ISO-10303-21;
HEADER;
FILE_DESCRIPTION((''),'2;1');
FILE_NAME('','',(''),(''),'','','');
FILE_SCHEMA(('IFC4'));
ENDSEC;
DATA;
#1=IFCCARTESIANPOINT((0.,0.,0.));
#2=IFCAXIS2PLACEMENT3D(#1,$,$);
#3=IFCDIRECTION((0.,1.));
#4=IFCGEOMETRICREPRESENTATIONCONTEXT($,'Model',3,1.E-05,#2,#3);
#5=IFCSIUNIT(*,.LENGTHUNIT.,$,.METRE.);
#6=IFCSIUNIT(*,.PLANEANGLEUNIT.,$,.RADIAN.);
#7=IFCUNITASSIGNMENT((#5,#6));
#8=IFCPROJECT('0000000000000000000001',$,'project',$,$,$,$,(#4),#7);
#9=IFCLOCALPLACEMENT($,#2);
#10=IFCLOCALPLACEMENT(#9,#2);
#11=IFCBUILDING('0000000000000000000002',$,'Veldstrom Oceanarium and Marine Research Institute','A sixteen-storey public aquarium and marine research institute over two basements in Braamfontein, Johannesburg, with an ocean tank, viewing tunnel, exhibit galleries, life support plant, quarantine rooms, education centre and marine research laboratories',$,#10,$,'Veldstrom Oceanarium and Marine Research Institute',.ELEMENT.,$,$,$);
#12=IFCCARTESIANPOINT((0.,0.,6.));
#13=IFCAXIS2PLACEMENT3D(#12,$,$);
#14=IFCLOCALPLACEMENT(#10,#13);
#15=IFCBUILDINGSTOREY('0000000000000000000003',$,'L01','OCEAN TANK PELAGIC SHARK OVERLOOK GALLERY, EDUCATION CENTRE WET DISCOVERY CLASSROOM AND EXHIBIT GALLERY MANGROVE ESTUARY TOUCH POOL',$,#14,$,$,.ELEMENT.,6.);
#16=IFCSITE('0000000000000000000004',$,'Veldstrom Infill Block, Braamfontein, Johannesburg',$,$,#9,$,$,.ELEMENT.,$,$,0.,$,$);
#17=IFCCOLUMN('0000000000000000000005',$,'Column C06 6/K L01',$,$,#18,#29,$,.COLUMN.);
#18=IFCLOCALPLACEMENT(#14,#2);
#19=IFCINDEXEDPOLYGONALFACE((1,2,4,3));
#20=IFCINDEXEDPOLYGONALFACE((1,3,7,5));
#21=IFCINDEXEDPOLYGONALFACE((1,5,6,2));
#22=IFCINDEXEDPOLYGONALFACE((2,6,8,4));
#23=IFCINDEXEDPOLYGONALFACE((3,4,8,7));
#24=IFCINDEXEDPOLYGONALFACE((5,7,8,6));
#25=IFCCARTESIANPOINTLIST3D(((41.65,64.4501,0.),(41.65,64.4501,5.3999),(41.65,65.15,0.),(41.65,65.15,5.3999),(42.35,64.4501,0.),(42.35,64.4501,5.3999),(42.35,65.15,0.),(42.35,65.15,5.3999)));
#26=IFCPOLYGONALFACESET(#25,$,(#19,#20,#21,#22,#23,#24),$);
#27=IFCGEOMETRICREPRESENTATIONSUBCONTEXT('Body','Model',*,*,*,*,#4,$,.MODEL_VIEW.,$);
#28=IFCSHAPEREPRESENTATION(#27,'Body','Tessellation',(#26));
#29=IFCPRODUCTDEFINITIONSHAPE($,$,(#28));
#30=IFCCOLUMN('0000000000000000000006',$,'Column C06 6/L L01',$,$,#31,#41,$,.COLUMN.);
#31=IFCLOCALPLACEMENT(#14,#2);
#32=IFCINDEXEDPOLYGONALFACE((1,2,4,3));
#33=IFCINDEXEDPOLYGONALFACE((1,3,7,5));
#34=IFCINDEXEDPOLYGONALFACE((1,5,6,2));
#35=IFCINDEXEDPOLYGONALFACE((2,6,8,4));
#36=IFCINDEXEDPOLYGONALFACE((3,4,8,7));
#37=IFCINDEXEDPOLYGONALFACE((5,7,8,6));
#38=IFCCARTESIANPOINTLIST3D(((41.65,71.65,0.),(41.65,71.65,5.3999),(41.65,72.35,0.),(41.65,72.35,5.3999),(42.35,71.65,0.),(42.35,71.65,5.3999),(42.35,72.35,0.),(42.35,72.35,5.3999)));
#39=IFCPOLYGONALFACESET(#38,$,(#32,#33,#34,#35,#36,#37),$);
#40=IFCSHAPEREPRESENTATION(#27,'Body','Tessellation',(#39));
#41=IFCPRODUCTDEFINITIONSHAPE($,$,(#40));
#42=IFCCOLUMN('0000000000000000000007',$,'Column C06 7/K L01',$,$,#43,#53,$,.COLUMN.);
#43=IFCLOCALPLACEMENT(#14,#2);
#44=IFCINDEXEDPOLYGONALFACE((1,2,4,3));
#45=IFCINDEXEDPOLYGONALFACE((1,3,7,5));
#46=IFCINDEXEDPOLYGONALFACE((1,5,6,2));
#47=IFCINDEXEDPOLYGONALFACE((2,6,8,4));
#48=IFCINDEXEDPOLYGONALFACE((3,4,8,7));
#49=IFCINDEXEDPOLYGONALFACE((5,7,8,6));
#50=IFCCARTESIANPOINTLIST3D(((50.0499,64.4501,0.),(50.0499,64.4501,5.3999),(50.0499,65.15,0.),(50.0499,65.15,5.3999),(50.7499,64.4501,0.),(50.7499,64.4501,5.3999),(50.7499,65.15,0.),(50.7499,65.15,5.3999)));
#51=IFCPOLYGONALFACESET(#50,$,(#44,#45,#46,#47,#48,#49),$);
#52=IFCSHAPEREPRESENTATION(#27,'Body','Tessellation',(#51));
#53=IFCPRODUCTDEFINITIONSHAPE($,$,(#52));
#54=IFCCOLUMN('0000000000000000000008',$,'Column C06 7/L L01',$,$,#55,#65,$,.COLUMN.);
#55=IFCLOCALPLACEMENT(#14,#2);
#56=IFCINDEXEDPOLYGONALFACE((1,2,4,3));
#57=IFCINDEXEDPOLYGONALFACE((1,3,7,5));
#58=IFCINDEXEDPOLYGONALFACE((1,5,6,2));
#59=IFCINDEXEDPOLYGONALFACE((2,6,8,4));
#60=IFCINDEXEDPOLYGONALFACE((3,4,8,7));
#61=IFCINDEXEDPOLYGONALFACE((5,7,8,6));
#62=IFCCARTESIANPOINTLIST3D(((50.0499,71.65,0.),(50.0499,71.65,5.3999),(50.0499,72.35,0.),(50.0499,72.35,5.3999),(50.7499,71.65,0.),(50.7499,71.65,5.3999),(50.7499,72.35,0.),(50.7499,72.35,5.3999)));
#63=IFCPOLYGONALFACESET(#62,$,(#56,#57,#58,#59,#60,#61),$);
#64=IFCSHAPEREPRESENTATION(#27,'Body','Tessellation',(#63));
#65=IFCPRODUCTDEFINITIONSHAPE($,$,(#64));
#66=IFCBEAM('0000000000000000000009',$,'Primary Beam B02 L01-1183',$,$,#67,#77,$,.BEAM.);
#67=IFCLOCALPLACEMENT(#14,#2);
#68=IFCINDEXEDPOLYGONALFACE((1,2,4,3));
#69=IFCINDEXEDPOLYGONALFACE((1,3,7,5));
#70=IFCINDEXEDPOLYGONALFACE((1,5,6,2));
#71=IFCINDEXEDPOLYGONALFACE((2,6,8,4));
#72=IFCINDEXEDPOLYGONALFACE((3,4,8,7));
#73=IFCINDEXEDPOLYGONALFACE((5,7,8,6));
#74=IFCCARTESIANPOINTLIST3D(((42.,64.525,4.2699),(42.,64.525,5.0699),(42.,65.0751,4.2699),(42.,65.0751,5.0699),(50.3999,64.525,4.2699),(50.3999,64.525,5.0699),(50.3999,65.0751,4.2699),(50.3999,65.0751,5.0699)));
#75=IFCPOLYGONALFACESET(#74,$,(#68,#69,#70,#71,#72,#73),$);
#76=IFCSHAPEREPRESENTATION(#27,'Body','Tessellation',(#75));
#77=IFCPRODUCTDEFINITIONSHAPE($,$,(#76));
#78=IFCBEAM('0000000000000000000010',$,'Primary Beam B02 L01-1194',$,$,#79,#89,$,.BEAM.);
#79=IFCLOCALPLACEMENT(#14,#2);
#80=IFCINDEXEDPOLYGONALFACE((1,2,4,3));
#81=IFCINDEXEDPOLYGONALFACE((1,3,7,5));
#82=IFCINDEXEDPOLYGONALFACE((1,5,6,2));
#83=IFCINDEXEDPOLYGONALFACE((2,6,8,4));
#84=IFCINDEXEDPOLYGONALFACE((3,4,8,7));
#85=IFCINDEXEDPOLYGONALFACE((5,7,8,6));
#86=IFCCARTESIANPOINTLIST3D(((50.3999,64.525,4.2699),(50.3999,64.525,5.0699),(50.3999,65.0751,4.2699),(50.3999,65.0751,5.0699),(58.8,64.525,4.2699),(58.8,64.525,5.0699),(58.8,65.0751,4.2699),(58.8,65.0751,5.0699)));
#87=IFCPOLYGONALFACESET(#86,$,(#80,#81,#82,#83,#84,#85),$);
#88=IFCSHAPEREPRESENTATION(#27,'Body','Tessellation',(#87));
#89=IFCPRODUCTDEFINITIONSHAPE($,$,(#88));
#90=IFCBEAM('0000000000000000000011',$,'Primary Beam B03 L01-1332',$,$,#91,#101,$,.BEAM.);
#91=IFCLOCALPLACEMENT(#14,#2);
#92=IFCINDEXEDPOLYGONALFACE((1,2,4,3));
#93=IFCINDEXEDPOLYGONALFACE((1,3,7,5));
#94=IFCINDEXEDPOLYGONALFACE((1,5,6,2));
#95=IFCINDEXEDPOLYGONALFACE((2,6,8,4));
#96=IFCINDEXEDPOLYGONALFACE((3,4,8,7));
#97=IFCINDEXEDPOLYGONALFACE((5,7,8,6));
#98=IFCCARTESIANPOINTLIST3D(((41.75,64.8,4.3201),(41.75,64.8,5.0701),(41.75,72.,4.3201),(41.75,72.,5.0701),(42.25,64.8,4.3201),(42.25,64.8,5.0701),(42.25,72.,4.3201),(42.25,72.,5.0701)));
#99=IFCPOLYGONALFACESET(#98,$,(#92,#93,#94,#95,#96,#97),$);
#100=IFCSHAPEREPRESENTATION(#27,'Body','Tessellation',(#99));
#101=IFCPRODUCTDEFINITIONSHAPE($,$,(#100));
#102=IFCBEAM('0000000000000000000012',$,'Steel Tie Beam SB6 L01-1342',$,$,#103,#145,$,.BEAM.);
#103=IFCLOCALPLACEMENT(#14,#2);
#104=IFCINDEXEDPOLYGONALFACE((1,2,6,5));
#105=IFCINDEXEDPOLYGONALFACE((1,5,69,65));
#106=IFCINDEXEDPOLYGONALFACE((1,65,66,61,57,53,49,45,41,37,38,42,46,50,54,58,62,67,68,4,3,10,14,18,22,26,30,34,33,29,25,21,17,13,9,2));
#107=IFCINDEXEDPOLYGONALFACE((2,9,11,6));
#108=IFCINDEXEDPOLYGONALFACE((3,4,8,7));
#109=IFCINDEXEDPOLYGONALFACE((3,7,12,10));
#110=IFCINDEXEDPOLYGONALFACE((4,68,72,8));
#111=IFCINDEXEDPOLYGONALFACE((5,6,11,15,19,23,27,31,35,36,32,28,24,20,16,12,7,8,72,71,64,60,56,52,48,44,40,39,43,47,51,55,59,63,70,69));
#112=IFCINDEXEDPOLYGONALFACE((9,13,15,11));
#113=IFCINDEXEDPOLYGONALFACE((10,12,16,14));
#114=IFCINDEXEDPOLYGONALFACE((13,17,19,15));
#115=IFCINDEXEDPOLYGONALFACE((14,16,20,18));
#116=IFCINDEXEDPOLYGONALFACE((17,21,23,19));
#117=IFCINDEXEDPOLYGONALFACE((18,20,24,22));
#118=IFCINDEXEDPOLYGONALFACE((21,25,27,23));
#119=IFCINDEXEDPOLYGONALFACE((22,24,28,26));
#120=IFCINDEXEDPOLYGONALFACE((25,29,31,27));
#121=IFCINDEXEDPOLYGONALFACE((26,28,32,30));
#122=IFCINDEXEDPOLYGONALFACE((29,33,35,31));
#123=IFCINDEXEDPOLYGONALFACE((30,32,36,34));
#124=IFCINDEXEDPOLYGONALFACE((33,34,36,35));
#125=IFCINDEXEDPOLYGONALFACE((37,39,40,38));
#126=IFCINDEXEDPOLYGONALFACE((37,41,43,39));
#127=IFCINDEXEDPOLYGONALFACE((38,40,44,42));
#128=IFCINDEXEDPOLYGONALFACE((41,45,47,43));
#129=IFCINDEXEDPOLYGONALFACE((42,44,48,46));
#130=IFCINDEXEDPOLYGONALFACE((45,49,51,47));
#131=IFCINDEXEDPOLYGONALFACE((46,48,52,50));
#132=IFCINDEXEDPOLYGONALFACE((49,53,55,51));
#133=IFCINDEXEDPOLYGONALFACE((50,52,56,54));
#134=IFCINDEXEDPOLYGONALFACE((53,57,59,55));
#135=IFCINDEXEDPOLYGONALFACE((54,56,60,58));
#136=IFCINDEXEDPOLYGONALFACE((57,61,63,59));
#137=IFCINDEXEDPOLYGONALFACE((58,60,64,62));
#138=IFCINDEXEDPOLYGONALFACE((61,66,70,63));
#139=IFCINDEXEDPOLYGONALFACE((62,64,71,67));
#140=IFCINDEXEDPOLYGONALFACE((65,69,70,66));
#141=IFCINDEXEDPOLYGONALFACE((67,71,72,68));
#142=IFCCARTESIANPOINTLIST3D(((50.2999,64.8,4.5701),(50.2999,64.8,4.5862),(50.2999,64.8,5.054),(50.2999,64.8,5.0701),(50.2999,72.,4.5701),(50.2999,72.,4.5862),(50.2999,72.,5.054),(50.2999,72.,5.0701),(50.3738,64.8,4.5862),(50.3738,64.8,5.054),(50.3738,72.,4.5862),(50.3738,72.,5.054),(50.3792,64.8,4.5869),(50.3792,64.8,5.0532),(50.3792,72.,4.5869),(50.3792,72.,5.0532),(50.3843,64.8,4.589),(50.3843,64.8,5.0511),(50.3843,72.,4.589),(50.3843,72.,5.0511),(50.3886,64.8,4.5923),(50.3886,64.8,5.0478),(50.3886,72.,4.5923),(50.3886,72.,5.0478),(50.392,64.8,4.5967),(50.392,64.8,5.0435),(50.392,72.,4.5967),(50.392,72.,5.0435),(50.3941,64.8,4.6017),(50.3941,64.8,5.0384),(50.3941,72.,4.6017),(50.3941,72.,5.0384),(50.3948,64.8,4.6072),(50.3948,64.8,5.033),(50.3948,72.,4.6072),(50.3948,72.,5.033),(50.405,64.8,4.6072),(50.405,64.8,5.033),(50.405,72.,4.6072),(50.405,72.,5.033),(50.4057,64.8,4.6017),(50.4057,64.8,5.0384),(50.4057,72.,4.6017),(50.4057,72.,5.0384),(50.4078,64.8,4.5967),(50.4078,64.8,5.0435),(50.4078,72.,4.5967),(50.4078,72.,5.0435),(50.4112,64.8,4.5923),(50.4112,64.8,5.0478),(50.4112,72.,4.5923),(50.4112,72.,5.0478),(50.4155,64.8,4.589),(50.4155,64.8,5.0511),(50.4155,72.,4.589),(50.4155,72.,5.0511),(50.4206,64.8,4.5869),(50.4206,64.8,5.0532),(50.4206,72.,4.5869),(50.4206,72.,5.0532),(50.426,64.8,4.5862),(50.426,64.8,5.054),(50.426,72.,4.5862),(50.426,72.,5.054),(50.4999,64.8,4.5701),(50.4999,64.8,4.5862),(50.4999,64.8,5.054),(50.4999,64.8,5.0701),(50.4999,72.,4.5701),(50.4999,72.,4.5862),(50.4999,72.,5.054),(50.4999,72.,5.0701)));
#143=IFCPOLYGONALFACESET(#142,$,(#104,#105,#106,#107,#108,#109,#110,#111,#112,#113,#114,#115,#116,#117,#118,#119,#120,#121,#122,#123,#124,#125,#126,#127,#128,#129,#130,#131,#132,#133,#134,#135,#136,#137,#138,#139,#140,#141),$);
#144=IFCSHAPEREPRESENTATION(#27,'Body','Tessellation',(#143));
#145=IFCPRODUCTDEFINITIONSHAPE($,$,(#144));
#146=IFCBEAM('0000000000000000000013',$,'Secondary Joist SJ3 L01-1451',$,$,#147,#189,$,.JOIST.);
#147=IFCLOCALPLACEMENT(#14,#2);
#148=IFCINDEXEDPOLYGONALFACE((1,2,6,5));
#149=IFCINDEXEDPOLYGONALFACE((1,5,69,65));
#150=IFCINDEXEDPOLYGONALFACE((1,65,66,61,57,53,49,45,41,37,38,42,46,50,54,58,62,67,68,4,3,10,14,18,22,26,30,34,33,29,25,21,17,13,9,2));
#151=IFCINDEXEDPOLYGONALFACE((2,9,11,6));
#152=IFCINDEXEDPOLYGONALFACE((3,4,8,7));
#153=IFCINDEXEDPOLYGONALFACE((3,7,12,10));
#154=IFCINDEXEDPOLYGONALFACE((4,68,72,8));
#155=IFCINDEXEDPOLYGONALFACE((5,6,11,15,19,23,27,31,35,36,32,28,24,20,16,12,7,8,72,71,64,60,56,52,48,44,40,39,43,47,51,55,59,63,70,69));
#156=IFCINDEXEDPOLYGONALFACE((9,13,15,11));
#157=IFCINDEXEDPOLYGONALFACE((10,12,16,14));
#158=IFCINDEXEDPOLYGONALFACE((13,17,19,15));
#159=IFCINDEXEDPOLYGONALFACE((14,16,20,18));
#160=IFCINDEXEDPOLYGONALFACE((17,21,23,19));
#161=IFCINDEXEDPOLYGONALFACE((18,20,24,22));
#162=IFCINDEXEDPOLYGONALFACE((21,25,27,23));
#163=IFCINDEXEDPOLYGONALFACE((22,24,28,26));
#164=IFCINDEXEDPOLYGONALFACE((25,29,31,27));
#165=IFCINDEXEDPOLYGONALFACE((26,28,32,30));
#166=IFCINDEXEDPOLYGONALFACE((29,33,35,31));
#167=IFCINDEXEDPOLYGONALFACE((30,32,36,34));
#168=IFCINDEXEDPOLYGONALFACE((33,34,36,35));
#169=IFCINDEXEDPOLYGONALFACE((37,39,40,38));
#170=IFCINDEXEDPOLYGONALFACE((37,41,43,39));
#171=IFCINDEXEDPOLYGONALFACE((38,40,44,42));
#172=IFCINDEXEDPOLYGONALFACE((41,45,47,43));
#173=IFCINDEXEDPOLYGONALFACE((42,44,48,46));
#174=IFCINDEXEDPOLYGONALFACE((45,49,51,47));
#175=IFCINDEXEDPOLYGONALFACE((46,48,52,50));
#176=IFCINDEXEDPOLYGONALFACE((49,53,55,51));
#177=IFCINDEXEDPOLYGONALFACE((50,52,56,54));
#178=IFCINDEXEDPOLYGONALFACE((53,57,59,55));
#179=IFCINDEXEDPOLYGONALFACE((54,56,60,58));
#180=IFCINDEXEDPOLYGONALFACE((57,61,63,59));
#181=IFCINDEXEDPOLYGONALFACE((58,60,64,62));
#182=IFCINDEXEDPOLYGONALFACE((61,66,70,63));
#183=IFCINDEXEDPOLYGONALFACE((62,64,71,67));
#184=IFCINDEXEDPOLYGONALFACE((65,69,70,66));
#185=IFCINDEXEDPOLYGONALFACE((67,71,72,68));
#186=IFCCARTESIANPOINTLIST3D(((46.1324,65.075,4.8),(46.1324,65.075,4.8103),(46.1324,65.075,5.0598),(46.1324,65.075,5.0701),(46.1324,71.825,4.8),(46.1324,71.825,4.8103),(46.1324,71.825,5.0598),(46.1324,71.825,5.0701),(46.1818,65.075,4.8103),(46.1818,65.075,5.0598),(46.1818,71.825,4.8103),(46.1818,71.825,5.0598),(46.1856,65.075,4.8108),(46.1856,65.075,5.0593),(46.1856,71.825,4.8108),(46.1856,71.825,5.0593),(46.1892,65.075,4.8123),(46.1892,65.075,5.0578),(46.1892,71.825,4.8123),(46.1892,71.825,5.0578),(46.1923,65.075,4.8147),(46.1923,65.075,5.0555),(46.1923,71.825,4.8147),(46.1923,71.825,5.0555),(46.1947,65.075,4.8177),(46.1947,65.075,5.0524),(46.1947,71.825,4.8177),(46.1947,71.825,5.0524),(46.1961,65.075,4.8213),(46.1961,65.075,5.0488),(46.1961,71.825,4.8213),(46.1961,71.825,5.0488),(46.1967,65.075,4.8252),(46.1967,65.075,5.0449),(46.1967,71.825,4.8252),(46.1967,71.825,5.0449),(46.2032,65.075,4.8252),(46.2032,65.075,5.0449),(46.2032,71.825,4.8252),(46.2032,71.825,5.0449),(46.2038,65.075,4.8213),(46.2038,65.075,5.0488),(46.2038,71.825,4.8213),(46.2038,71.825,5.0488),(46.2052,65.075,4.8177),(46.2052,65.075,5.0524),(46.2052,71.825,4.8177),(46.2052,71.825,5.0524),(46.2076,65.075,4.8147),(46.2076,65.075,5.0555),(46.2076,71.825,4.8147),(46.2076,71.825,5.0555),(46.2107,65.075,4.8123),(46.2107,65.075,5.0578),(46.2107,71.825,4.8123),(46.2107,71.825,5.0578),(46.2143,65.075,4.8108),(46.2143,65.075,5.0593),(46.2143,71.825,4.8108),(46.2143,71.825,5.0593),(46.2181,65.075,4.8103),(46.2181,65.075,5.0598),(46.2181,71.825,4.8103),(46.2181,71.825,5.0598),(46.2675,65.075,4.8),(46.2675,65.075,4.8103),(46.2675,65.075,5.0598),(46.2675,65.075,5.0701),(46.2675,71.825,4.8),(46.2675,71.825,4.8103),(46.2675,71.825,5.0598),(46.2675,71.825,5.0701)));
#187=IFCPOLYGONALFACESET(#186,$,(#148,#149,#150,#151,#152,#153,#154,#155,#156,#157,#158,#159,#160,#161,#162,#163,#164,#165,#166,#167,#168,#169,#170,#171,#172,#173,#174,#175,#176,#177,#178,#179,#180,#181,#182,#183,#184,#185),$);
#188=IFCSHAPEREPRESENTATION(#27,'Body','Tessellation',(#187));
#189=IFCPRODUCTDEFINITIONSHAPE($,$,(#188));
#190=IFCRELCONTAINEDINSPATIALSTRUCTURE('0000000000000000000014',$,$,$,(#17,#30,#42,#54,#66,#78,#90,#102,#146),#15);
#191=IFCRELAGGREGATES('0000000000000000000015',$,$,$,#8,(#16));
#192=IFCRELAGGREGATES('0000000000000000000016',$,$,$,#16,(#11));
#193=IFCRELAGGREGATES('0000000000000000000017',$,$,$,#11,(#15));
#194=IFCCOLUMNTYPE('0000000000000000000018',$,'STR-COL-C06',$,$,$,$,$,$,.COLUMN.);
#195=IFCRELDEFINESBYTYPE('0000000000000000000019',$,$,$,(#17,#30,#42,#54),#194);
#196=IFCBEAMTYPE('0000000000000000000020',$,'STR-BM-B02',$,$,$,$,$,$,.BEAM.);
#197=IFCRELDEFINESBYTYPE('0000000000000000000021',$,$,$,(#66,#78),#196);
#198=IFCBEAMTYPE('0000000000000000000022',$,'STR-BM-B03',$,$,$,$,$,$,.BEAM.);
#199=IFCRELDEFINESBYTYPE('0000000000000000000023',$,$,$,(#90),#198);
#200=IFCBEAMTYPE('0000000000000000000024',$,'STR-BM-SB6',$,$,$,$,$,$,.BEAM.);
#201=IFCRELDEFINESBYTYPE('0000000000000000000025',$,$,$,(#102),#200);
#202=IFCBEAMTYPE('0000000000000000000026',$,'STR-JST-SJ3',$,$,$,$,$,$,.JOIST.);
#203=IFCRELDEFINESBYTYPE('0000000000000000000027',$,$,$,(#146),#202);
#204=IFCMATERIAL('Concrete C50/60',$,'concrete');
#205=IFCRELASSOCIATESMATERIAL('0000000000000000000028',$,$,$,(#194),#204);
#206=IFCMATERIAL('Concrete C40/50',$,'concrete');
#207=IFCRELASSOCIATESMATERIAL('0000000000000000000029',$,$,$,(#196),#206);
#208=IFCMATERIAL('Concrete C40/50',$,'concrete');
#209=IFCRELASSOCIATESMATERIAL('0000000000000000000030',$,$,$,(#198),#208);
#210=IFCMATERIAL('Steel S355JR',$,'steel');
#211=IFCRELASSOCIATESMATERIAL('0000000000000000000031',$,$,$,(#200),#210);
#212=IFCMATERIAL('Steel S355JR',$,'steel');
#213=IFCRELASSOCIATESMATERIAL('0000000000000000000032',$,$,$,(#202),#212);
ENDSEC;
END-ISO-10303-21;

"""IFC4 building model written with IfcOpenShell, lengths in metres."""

from ifc_helpers import new_model, si_unit, direction, frame, origin, origin_2d, place, context, subcontext, project, spatial, rectangle, i_section, extrude, material, material_profile, profile_set, type_object, element, save


model = new_model("IFC4")

# Units and contexts
model_context = context("Model", 3, precision=1e-05, world=origin(), true_north=direction((0.0, 1.0)))
body_context = subcontext(model_context, "Body", "Model", "MODEL_VIEW")
ifc_project = project(units=[si_unit("LENGTHUNIT", "METRE"), si_unit("PLANEANGLEUNIT", "RADIAN")], contexts=[model_context])

# Site, building, storey
site_placement = place(None, origin())
site = spatial("IfcSite", under=ifc_project, at=site_placement, Name="Veldstrom Infill Block, Braamfontein, Johannesburg", CompositionType="ELEMENT", RefElevation=0.0)
building_placement = place(site_placement, origin())
building = spatial("IfcBuilding", under=site, at=building_placement, Name="Veldstrom Oceanarium and Marine Research Institute", Description="A sixteen-storey public aquarium and marine research institute over two basements in Braamfontein, Johannesburg, with an ocean tank, viewing tunnel, exhibit galleries, life support plant, quarantine rooms, education centre and marine research laboratories", LongName="Veldstrom Oceanarium and Marine Research Institute", CompositionType="ELEMENT")
storey_placement = place(building_placement, frame((0.0, 0.0, 6.0)))
storey = spatial("IfcBuildingStorey", under=building, at=storey_placement, Name="L01", Description="OCEAN TANK PELAGIC SHARK OVERLOOK GALLERY, EDUCATION CENTRE WET DISCOVERY CLASSROOM AND EXHIBIT GALLERY MANGROVE ESTUARY TOUCH POOL", CompositionType="ELEMENT", Elevation=6.0)

# Columns
ifc_material_1 = material(Name="Concrete C50/60", Category="concrete")
ifc_material_profile_1 = material_profile(ifc_material_1, rectangle(XDim=0.7, YDim=0.7, at=origin_2d()), Name="RC-COL-700x700")
ifc_profile_set_1 = profile_set([ifc_material_profile_1], Name="Concrete C50/60")
column_type = type_object("IfcColumnType", Name="STR-COL-C06", PredefinedType="COLUMN", material=ifc_profile_set_1)
for number, where, z_axis, x_axis, name in (
    (1, (42.0, 64.8, 0.0), (0.0, 0.0, 1.0), (1.0, 0.0, 0.0), "Column C06 6/K L01"),
    (2, (42.0, 72.0, 0.0), (0.0, 0.0, 1.0), (1.0, 0.0, 0.0), "Column C06 6/L L01"),
    (3, (50.3999, 64.8, 0.0), (0.0, 0.0, 1.0), (1.0, 0.0, 0.0), "Column C06 7/K L01"),
    (4, (50.3999, 72.0, 0.0), (0.0, 0.0, 1.0), (1.0, 0.0, 0.0), "Column C06 7/L L01"),
):
    element("IfcColumn", number, at=place(storey_placement, frame(where, z_axis=z_axis, x_axis=x_axis)), inside=storey, type_object=column_type, Name=name, PredefinedType="COLUMN", context=body_context, shape_type="SweptSolid", body=[
        extrude(rectangle(XDim=0.7, YDim=0.7, at=origin_2d()), origin(), (0.0, 0.0, 1.0), 5.3999),
    ])

# Beams
ifc_material_2 = material(Name="Concrete C40/50", Category="concrete")
ifc_material_profile_2 = material_profile(ifc_material_2, rectangle(XDim=0.55, YDim=0.8, at=origin_2d()), Name="RC-BM-550x800")
ifc_profile_set_2 = profile_set([ifc_material_profile_2], Name="Concrete C40/50")
beam_type_1 = type_object("IfcBeamType", Name="STR-BM-B02", PredefinedType="BEAM", material=ifc_profile_set_2)
beam_1_placement = place(storey_placement, frame((42.0, 64.8, 4.6699), z_axis=(1.0, 0.0, 0.0), x_axis=(0.0, 1.0, 0.0)))
element("IfcBeam", 5, at=beam_1_placement, inside=storey, type_object=beam_type_1, Name="Primary Beam B02 L01-1183", PredefinedType="BEAM", context=body_context, shape_type="SweptSolid", body=[
    extrude(rectangle(XDim=0.55, YDim=0.8, at=origin_2d()), origin(), (0.0, 0.0, 1.0), 8.3999),
])
beam_2_placement = place(storey_placement, frame((50.3999, 64.8, 4.6699), z_axis=(1.0, 0.0, 0.0), x_axis=(0.0, 1.0, 0.0)))
element("IfcBeam", 6, at=beam_2_placement, inside=storey, type_object=beam_type_1, Name="Primary Beam B02 L01-1194", PredefinedType="BEAM", context=body_context, shape_type="SweptSolid", body=[
    extrude(rectangle(XDim=0.55, YDim=0.8, at=origin_2d()), origin(), (0.0, 0.0, 1.0), 8.4001),
])
ifc_material_3 = material(Name="Concrete C40/50", Category="concrete")
ifc_material_profile_3 = material_profile(ifc_material_3, rectangle(XDim=0.5, YDim=0.75, at=origin_2d()), Name="RC-BM-500x750")
ifc_profile_set_3 = profile_set([ifc_material_profile_3], Name="Concrete C40/50")
beam_type_2 = type_object("IfcBeamType", Name="STR-BM-B03", PredefinedType="BEAM", material=ifc_profile_set_3)
beam_3_placement = place(storey_placement, frame((42.0, 64.8, 4.6951), z_axis=(0.0, 1.0, 0.0), x_axis=(-1.0, 0.0, 0.0)))
element("IfcBeam", 7, at=beam_3_placement, inside=storey, type_object=beam_type_2, Name="Primary Beam B03 L01-1332", PredefinedType="BEAM", context=body_context, shape_type="SweptSolid", body=[
    extrude(rectangle(XDim=0.5, YDim=0.75, at=origin_2d()), origin(), (0.0, 0.0, 1.0), 7.2),
])
ifc_material_4 = material(Name="Steel S355JR", Category="steel")
ifc_material_profile_4 = material_profile(ifc_material_4, i_section(OverallWidth=0.2, OverallDepth=0.5, WebThickness=0.0103, FlangeThickness=0.0161, FilletRadius=0.021, at=origin_2d()), Name="IPE 500")
ifc_profile_set_4 = profile_set([ifc_material_profile_4], Name="Steel S355JR")
beam_type_3 = type_object("IfcBeamType", Name="STR-BM-SB6", PredefinedType="BEAM", material=ifc_profile_set_4)
beam_4_placement = place(storey_placement, frame((50.3999, 64.8, 4.8201), z_axis=(0.0, 1.0, 0.0), x_axis=(-1.0, 0.0, 0.0)))
element("IfcBeam", 8, at=beam_4_placement, inside=storey, type_object=beam_type_3, Name="Steel Tie Beam SB6 L01-1342", PredefinedType="BEAM", context=body_context, shape_type="SweptSolid", body=[
    extrude(i_section(OverallWidth=0.2, OverallDepth=0.5, WebThickness=0.0103, FlangeThickness=0.0161, FilletRadius=0.021, at=origin_2d()), origin(), (0.0, 0.0, 1.0), 7.2),
])
ifc_material_5 = material(Name="Steel S355JR", Category="steel")
ifc_material_profile_5 = material_profile(ifc_material_5, i_section(OverallWidth=0.135, OverallDepth=0.27, WebThickness=0.0066, FlangeThickness=0.0103, FilletRadius=0.0149, at=origin_2d()), Name="IPE 270")
ifc_profile_set_5 = profile_set([ifc_material_profile_5], Name="Steel S355JR")
beam_type_4 = type_object("IfcBeamType", Name="STR-JST-SJ3", PredefinedType="JOIST", material=ifc_profile_set_5)
beam_5_placement = place(storey_placement, frame((46.2, 65.075, 4.9351), z_axis=(0.0, 1.0, 0.0), x_axis=(-1.0, 0.0, 0.0)))
element("IfcBeam", 9, at=beam_5_placement, inside=storey, type_object=beam_type_4, Name="Secondary Joist SJ3 L01-1451", PredefinedType="JOIST", context=body_context, shape_type="SweptSolid", body=[
    extrude(i_section(OverallWidth=0.135, OverallDepth=0.27, WebThickness=0.0066, FlangeThickness=0.0103, FilletRadius=0.0149, at=origin_2d()), origin(), (0.0, 0.0, 1.0), 6.75),
])

save(model, "model.ifc")
